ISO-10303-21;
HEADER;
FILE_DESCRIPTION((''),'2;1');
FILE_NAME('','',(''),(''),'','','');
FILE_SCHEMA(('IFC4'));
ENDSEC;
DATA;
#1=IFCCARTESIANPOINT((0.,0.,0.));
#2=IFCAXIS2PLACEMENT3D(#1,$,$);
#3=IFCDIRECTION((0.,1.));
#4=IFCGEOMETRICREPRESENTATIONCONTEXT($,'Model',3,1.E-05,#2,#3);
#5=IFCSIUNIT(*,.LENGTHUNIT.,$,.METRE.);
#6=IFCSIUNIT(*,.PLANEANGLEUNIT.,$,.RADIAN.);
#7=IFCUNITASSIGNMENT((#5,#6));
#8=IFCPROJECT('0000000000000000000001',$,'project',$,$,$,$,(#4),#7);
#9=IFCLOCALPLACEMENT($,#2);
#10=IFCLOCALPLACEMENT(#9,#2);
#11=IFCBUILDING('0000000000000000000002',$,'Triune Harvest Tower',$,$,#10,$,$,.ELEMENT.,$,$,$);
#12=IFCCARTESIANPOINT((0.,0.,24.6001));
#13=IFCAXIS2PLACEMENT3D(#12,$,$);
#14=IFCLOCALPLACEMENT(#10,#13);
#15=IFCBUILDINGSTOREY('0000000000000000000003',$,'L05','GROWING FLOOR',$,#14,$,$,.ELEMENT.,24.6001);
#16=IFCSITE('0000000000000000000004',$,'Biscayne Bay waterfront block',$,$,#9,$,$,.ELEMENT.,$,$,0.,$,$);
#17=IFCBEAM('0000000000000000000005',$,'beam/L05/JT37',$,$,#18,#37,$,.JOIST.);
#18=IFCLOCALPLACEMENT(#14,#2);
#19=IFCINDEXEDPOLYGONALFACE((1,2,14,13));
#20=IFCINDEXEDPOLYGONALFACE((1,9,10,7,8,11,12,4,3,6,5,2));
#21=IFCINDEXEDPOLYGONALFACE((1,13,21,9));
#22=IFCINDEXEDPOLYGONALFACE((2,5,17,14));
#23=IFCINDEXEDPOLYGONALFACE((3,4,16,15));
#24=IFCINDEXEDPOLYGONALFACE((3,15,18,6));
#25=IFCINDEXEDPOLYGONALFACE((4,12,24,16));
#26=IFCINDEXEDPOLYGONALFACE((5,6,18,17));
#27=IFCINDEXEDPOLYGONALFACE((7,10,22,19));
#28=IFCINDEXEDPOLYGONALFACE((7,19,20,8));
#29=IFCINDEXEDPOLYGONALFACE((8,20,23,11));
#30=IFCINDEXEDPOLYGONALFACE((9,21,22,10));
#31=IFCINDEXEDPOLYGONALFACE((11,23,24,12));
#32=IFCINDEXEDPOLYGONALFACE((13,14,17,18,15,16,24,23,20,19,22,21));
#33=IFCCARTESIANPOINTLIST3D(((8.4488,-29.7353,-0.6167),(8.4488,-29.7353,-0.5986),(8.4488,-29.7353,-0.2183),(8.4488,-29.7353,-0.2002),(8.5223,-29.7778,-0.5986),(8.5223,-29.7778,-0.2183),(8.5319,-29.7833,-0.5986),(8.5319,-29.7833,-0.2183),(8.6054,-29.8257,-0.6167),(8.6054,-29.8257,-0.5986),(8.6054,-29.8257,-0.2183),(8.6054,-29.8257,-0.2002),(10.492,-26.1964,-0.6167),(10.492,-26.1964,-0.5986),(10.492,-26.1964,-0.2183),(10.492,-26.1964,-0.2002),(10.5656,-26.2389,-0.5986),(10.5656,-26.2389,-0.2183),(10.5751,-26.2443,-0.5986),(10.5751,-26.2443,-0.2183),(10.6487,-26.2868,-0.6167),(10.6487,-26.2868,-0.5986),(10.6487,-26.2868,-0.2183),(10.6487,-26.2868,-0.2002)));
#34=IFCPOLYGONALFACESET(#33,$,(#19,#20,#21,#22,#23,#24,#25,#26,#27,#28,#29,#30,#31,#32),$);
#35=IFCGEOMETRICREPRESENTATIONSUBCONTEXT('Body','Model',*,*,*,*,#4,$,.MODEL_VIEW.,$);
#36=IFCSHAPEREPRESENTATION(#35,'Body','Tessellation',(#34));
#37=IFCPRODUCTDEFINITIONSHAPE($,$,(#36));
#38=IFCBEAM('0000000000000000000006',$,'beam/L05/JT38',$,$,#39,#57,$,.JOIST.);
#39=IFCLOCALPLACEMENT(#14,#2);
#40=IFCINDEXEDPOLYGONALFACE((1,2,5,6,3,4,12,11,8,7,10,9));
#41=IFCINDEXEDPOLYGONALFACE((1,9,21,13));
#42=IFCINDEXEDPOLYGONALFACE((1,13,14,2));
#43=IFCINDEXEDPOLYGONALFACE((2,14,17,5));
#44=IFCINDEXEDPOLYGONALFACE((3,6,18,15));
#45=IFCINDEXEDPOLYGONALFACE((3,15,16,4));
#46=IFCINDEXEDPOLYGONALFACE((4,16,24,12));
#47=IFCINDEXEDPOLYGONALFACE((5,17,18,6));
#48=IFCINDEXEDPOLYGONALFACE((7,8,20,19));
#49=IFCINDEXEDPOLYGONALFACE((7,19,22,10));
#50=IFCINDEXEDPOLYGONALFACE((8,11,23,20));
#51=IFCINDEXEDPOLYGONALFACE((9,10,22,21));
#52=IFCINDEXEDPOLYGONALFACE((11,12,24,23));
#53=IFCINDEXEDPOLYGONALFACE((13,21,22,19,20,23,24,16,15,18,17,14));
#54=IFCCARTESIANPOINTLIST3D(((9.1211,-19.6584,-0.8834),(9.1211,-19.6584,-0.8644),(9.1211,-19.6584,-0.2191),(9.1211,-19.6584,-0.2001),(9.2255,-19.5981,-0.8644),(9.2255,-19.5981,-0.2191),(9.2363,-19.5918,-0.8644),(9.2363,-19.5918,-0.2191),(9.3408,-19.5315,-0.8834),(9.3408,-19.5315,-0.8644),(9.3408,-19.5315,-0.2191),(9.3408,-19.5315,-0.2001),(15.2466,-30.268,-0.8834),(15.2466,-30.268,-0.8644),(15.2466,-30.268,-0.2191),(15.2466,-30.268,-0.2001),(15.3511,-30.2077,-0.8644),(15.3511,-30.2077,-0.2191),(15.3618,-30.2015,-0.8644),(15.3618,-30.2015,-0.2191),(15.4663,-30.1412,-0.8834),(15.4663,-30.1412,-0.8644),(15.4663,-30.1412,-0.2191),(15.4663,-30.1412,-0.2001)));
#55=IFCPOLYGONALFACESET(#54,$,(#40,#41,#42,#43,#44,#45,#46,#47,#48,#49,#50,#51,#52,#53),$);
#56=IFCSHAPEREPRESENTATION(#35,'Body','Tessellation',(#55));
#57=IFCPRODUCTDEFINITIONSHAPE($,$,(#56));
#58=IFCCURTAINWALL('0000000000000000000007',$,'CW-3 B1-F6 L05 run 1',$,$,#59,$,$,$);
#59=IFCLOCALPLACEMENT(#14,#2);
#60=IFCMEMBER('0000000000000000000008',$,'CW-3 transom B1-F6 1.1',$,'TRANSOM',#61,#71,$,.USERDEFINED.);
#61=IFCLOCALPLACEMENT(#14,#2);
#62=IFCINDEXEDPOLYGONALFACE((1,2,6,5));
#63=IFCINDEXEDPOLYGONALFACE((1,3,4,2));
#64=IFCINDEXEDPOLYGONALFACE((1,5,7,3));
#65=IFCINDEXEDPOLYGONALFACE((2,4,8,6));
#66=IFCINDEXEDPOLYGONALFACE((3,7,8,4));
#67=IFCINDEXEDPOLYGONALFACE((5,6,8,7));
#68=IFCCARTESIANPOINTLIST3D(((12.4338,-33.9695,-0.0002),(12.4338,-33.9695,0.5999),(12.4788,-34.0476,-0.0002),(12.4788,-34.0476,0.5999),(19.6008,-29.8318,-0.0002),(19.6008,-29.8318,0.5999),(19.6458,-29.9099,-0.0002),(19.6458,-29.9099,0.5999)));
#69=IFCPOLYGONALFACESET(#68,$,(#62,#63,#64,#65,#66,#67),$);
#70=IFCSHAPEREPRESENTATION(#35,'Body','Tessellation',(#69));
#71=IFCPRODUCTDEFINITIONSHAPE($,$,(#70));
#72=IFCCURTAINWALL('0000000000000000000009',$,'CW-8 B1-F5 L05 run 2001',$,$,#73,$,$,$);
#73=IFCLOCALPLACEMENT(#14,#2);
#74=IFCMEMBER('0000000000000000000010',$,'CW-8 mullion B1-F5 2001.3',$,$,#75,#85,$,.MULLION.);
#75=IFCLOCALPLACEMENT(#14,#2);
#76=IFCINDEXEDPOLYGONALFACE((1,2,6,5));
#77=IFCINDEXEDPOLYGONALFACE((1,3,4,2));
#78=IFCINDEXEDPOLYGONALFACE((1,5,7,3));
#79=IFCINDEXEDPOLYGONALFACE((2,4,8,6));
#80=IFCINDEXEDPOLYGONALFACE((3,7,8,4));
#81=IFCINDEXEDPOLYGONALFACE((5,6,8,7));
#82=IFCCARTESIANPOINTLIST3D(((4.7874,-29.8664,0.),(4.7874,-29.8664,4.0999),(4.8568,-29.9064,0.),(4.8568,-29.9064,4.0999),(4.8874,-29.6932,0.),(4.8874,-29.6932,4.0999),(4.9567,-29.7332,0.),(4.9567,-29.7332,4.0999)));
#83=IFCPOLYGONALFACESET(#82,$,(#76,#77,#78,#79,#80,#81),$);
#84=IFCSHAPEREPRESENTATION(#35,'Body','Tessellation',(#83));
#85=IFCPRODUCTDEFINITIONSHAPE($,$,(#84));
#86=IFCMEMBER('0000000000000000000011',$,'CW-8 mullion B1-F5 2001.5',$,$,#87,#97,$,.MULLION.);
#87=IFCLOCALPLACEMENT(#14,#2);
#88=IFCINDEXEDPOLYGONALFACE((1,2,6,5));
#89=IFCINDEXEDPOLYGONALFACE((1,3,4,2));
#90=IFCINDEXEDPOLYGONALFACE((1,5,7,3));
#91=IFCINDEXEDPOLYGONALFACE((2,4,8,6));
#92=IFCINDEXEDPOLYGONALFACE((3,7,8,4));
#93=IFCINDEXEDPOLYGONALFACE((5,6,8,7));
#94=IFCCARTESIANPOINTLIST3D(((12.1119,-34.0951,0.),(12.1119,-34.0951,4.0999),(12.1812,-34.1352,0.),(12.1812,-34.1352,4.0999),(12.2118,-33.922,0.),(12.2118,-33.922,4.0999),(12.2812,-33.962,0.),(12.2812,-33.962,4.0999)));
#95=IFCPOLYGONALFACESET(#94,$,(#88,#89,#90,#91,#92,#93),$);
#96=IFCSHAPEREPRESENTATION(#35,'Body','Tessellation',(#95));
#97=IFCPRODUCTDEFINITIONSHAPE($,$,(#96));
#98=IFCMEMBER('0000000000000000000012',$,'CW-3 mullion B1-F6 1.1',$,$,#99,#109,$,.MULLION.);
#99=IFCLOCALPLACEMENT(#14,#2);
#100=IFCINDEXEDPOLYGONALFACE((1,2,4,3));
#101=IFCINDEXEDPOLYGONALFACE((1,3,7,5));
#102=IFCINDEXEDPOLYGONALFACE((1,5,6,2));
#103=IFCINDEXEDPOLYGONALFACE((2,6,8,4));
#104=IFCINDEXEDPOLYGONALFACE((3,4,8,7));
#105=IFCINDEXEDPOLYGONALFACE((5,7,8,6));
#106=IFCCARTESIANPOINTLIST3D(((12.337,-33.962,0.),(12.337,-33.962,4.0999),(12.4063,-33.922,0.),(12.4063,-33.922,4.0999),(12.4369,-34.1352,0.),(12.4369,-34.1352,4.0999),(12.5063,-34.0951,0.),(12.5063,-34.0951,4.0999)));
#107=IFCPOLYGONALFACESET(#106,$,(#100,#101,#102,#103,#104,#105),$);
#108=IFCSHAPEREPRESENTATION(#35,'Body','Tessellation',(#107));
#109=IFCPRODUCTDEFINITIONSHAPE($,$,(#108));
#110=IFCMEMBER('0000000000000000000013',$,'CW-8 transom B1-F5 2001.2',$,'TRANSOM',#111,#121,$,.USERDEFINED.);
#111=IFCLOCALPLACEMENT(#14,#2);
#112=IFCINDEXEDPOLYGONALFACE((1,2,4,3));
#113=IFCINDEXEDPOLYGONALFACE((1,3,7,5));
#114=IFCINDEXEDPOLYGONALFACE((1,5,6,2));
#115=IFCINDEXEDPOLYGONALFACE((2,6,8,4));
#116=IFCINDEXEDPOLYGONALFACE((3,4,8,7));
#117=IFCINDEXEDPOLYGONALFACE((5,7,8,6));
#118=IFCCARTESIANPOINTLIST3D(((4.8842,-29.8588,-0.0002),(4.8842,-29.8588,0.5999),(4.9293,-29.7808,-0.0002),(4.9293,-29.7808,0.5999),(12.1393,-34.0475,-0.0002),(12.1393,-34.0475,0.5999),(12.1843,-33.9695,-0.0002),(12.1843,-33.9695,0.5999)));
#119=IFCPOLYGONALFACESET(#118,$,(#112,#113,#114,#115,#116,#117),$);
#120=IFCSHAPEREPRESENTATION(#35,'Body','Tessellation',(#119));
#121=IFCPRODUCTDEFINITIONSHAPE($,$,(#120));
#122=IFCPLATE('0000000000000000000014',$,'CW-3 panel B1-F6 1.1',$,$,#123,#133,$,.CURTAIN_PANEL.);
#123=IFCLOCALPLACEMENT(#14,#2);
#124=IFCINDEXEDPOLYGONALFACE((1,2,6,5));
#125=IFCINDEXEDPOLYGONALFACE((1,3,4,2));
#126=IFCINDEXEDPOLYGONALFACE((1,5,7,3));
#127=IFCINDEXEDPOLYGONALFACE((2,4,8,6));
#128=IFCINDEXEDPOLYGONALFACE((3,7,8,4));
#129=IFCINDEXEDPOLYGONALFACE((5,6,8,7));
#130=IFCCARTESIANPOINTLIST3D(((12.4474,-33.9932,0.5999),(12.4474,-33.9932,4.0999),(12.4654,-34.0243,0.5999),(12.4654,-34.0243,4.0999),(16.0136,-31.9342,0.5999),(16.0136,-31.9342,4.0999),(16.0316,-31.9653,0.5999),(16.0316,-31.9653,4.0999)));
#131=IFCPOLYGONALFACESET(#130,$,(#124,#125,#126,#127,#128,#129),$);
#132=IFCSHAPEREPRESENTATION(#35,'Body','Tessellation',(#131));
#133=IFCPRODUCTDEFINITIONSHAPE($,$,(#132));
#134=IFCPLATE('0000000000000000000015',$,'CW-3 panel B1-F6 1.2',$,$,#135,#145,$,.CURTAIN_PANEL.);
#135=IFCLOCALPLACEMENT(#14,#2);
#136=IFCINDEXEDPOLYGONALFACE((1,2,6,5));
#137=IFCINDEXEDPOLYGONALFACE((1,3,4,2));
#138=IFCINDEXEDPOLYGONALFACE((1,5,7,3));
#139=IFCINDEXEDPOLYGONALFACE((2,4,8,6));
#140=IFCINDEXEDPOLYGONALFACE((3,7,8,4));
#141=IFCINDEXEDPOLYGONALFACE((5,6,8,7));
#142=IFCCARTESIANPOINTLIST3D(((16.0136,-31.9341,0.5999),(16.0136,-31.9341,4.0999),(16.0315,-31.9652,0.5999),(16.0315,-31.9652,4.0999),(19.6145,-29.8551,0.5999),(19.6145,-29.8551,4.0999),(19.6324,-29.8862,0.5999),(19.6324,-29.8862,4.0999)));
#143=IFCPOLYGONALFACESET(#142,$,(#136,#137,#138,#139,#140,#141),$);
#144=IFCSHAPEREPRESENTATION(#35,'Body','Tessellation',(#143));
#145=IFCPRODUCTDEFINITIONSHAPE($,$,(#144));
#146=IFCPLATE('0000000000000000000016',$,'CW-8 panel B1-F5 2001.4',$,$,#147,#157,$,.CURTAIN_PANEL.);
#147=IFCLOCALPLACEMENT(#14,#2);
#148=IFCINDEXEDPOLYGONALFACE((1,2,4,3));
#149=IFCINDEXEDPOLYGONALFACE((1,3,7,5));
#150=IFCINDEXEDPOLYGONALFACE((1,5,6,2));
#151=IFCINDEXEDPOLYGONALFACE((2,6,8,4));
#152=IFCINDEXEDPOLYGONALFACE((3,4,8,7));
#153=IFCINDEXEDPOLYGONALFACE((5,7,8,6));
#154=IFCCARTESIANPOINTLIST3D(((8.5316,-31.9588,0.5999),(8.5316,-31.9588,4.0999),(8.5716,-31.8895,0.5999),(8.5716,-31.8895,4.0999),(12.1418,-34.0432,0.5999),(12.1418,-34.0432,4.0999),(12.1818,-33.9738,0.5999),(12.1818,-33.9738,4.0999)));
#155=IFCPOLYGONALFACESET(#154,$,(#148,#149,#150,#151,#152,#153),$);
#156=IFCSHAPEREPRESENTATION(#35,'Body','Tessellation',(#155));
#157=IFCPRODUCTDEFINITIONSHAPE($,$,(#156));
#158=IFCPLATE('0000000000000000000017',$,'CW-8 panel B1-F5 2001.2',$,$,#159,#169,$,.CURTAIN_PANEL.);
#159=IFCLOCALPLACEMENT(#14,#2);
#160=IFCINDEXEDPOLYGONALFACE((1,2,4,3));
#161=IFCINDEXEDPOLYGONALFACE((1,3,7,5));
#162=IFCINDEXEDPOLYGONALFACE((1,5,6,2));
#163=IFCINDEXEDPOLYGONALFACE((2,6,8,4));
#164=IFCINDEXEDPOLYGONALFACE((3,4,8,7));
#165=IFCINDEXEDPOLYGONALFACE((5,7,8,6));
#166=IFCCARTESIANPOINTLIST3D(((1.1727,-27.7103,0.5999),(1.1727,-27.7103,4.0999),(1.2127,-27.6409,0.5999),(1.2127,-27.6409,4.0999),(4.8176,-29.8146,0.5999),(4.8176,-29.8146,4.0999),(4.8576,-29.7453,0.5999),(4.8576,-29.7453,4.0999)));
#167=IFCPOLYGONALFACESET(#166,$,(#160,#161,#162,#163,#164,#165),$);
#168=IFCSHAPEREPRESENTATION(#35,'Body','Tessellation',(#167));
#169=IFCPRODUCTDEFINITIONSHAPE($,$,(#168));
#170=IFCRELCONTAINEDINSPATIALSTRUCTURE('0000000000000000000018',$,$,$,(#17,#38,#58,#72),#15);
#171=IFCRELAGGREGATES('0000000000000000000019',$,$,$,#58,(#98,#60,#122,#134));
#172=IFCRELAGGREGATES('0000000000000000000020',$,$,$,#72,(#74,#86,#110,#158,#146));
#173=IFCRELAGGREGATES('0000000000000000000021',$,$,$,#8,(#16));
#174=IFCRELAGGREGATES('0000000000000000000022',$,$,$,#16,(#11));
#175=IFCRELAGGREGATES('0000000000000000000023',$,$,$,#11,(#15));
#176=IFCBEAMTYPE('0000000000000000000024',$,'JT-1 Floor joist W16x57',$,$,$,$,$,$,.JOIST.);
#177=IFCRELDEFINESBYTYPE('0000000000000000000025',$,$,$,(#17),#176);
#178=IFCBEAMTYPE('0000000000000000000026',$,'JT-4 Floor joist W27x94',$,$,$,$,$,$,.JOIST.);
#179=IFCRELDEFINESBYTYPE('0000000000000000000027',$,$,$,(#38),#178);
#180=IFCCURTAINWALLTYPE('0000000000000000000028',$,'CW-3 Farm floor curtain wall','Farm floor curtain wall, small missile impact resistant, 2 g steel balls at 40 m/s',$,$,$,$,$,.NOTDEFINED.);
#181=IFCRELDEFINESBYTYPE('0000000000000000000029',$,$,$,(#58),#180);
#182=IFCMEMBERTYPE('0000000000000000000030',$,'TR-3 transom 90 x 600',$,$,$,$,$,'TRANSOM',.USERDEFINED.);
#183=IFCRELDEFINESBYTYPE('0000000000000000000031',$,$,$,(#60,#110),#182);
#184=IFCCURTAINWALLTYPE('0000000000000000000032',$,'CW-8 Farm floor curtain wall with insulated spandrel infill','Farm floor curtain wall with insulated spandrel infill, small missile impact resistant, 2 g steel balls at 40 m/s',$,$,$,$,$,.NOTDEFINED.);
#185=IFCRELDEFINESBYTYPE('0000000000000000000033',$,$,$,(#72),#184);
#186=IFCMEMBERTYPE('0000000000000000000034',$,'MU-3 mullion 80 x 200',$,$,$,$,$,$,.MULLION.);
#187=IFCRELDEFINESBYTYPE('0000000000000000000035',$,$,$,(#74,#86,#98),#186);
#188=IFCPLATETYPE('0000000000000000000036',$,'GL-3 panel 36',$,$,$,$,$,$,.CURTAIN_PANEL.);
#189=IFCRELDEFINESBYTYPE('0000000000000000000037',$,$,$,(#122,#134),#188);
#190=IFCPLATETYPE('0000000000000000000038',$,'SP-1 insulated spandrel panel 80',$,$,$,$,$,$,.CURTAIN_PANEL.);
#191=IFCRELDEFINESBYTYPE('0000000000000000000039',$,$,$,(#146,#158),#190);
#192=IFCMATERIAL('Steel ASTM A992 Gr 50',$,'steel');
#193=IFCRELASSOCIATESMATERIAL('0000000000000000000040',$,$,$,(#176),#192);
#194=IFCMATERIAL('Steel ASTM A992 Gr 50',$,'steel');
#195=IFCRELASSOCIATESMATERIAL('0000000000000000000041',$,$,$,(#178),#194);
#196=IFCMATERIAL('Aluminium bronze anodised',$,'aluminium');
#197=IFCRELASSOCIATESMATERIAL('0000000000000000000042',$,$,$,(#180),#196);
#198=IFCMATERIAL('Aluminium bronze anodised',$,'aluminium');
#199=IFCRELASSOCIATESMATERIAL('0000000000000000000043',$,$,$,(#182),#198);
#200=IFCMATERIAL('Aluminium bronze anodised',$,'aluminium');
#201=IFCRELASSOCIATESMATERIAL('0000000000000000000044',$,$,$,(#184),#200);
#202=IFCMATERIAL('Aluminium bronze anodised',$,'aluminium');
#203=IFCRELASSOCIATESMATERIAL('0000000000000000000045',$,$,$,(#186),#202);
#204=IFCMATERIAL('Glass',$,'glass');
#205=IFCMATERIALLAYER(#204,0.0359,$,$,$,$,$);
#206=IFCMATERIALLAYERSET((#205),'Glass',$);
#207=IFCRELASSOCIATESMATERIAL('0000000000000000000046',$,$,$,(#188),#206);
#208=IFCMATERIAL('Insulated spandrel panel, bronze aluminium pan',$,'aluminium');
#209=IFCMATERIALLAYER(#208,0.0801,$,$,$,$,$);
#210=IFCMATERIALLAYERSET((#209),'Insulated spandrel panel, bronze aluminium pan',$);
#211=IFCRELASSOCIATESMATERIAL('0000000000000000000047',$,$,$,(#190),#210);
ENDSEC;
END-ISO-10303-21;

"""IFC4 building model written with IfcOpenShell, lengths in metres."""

from ifc_helpers import new_model, si_unit, direction, frame, origin, origin_2d, place, context, subcontext, project, spatial, rectangle, i_section, extrude, source, transform, mapped, material, layer, layer_set, material_profile, profile_set, type_object, element, aggregate, save


model = new_model("IFC4")

# Units and contexts
model_context = context("Model", 3, precision=1e-05, world=origin(), true_north=direction((0.0, 1.0)))
body_context = subcontext(model_context, "Body", "Model", "MODEL_VIEW")
ifc_project = project(units=[si_unit("LENGTHUNIT", "METRE"), si_unit("PLANEANGLEUNIT", "RADIAN")], contexts=[model_context])

# Site, building, storey
site_placement = place(None, origin())
site = spatial("IfcSite", under=ifc_project, at=site_placement, Name="Biscayne Bay waterfront block", CompositionType="ELEMENT", RefElevation=0.0)
building_placement = place(site_placement, origin())
building = spatial("IfcBuilding", under=site, at=building_placement, Name="Triune Harvest Tower", CompositionType="ELEMENT")
storey_placement = place(building_placement, frame((0.0, 0.0, 24.6001)))
storey = spatial("IfcBuildingStorey", under=building, at=storey_placement, Name="L05", Description="GROWING FLOOR", CompositionType="ELEMENT", Elevation=24.6001)

# Beams
ifc_material_1 = material(Name="Steel ASTM A992 Gr 50", Category="steel")
ifc_material_profile_1 = material_profile(ifc_material_1, i_section(OverallWidth=0.1809, OverallDepth=0.4165, WebThickness=0.011, FlangeThickness=0.0181, at=origin_2d()), Name="W16x57")
ifc_profile_set_1 = profile_set([ifc_material_profile_1], Name="Steel ASTM A992 Gr 50")
beam_type_1 = type_object("IfcBeamType", Name="JT-1 Floor joist W16x57", PredefinedType="JOIST", material=ifc_profile_set_1)
shared_shape_1 = source(origin(), body_context, "Body", "SweptSolid", [
    extrude(i_section(OverallWidth=0.1809, OverallDepth=0.4165, WebThickness=0.011, FlangeThickness=0.0181, at=origin_2d()), origin(), (0.0, 0.0, 1.0), 4.0864),
])
beam_1_placement = place(storey_placement, frame((8.5271, -29.7805, -0.4084), z_axis=(0.500014, 0.866017, 0.0), x_axis=(-0.866017, 0.500014, 0.0)))
element("IfcBeam", 1, at=beam_1_placement, inside=storey, type_object=beam_type_1, Name="beam/L05/JT37", PredefinedType="JOIST", context=body_context, shape_type="MappedRepresentation", body=[
    mapped(shared_shape_1, transform((0.0, 0.0, 0.0), scale=1.0)),
])
ifc_material_2 = material(Name="Steel ASTM A992 Gr 50", Category="steel")
ifc_material_profile_2 = material_profile(ifc_material_2, i_section(OverallWidth=0.2537, OverallDepth=0.6833, WebThickness=0.0125, FlangeThickness=0.019, at=origin_2d()), Name="W27x94")
ifc_profile_set_2 = profile_set([ifc_material_profile_2], Name="Steel ASTM A992 Gr 50")
beam_type_2 = type_object("IfcBeamType", Name="JT-4 Floor joist W27x94", PredefinedType="JOIST", material=ifc_profile_set_2)
shared_shape_2 = source(origin(), body_context, "Body", "SweptSolid", [
    extrude(i_section(OverallWidth=0.2537, OverallDepth=0.6833, WebThickness=0.0125, FlangeThickness=0.019, at=origin_2d()), origin(), (0.0, 0.0, 1.0), 12.251),
])
beam_2_placement = place(storey_placement, frame((15.3564, -30.2046, -0.5417), z_axis=(-0.500001, 0.866025, 0.0), x_axis=(-0.866025, -0.500001, 0.0)))
element("IfcBeam", 2, at=beam_2_placement, inside=storey, type_object=beam_type_2, Name="beam/L05/JT38", PredefinedType="JOIST", context=body_context, shape_type="MappedRepresentation", body=[
    mapped(shared_shape_2, transform((0.0, 0.0, 0.0), scale=1.0)),
])

# Curtain wall, member
ifc_material_3 = material(Name="Aluminium bronze anodised", Category="aluminium")
curtain_wall_type_1 = type_object("IfcCurtainWallType", Name="CW-3 Farm floor curtain wall", Description="Farm floor curtain wall, small missile impact resistant, 2 g steel balls at 40 m/s", PredefinedType="NOTDEFINED", material=ifc_material_3)
curtain_wall_1_placement = place(storey_placement, origin())
curtain_wall_1 = element("IfcCurtainWall", 3, at=curtain_wall_1_placement, inside=storey, type_object=curtain_wall_type_1, Name="CW-3 B1-F6 L05 run 1")
ifc_material_4 = material(Name="Aluminium bronze anodised", Category="aluminium")
ifc_material_profile_3 = material_profile(ifc_material_4, rectangle(XDim=0.0901, YDim=0.6001, at=origin_2d()), Name="TR-3 transom 90 x 600")
ifc_profile_set_3 = profile_set([ifc_material_profile_3], Name="Aluminium bronze anodised")
member_type_1 = type_object("IfcMemberType", Name="TR-3 transom 90 x 600", ElementType="TRANSOM", PredefinedType="USERDEFINED", material=ifc_profile_set_3)
shared_shape_3 = source(origin(), body_context, "Body", "SweptSolid", [
    extrude(rectangle(XDim=0.0901, YDim=0.6001, at=origin_2d()), origin(), (0.0, 0.0, 1.0), 8.2756),
])
member_1_placement = place(storey_placement, frame((12.4563, -34.0085, 0.2998), z_axis=(0.866034, 0.499985, 0.0), x_axis=(-0.499985, 0.866034, 0.0)))
member_1 = element("IfcMember", 4, at=member_1_placement, type_object=member_type_1, Name="CW-3 transom B1-F6 1.1", ObjectType="TRANSOM", PredefinedType="USERDEFINED", context=body_context, shape_type="MappedRepresentation", body=[
    mapped(shared_shape_3, transform((0.0, 0.0, 0.0), scale=1.0)),
])

# Curtain wall, members
ifc_material_5 = material(Name="Aluminium bronze anodised", Category="aluminium")
curtain_wall_type_2 = type_object("IfcCurtainWallType", Name="CW-8 Farm floor curtain wall with insulated spandrel infill", Description="Farm floor curtain wall with insulated spandrel infill, small missile impact resistant, 2 g steel balls at 40 m/s", PredefinedType="NOTDEFINED", material=ifc_material_5)
curtain_wall_2_placement = place(storey_placement, origin())
curtain_wall_2 = element("IfcCurtainWall", 5, at=curtain_wall_2_placement, inside=storey, type_object=curtain_wall_type_2, Name="CW-8 B1-F5 L05 run 2001")
ifc_material_6 = material(Name="Aluminium bronze anodised", Category="aluminium")
ifc_material_profile_4 = material_profile(ifc_material_6, rectangle(XDim=0.2, YDim=0.0801, at=origin_2d()), Name="MU-3 mullion 80 x 200")
ifc_profile_set_4 = profile_set([ifc_material_profile_4], Name="Aluminium bronze anodised")
member_type_2 = type_object("IfcMemberType", Name="MU-3 mullion 80 x 200", PredefinedType="MULLION", material=ifc_profile_set_4)
shared_shape_4 = source(origin(), body_context, "Body", "SweptSolid", [
    extrude(rectangle(XDim=0.2, YDim=0.0801, at=origin_2d()), origin(), (0.0, 0.0, 1.0), 4.0999),
])
member_2_placement = place(storey_placement, frame((4.8721, -29.7998, 0.0), z_axis=(0.0, 0.0, 1.0), x_axis=(0.500001, 0.866025, 0.0)))
member_2 = element("IfcMember", 6, at=member_2_placement, type_object=member_type_2, Name="CW-8 mullion B1-F5 2001.3", PredefinedType="MULLION", context=body_context, shape_type="MappedRepresentation", body=[
    mapped(shared_shape_4, transform((0.0, 0.0, 0.0), scale=1.0)),
])
member_3_placement = place(storey_placement, frame((12.1965, -34.0286, 0.0), z_axis=(0.0, 0.0, 1.0), x_axis=(0.500001, 0.866025, 0.0)))
member_3 = element("IfcMember", 7, at=member_3_placement, type_object=member_type_2, Name="CW-8 mullion B1-F5 2001.5", PredefinedType="MULLION", context=body_context, shape_type="MappedRepresentation", body=[
    mapped(shared_shape_4, transform((0.0, 0.0, 0.0), scale=1.0)),
])

# Members
member_4_placement = place(storey_placement, frame((12.4216, -34.0286, 0.0), z_axis=(0.0, 0.0, 1.0), x_axis=(-0.499999, 0.866026, 0.0)))
member_4 = element("IfcMember", 8, at=member_4_placement, type_object=member_type_2, Name="CW-3 mullion B1-F6 1.1", PredefinedType="MULLION", context=body_context, shape_type="MappedRepresentation", body=[
    mapped(shared_shape_4, transform((0.0, 0.0, 0.0), scale=1.0)),
])
shared_shape_5 = source(origin(), body_context, "Body", "SweptSolid", [
    extrude(rectangle(XDim=0.0901, YDim=0.6001, at=origin_2d()), origin(), (0.0, 0.0, 1.0), 8.3774),
])
member_5_placement = place(storey_placement, frame((4.9067, -29.8198, 0.2998), z_axis=(0.866027, -0.499997, 0.0), x_axis=(0.499997, 0.866027, 0.0)))
member_5 = element("IfcMember", 9, at=member_5_placement, type_object=member_type_1, Name="CW-8 transom B1-F5 2001.2", ObjectType="TRANSOM", PredefinedType="USERDEFINED", context=body_context, shape_type="MappedRepresentation", body=[
    mapped(shared_shape_5, transform((0.0, 0.0, 0.0), scale=1.0)),
])

# Plates
ifc_material_7 = material(Name="Glass", Category="glass")
ifc_layer_1 = layer(ifc_material_7, 0.0359)
ifc_layer_set_1 = layer_set([ifc_layer_1], Name="Glass")
plate_type_1 = type_object("IfcPlateType", Name="GL-3 panel 36", PredefinedType="CURTAIN_PANEL", material=ifc_layer_set_1)
shared_shape_6 = source(origin(), body_context, "Body", "SweptSolid", [
    extrude(rectangle(XDim=4.1179, YDim=0.0359, at=origin_2d()), origin(), (0.0, 0.0, 1.0), 3.5),
])
plate_1_placement = place(storey_placement, frame((14.2395, -32.9792, 0.5999), z_axis=(0.0, 0.0, 1.0), x_axis=(0.866026, 0.499999, 0.0)))
plate_1 = element("IfcPlate", 10, at=plate_1_placement, type_object=plate_type_1, Name="CW-3 panel B1-F6 1.1", PredefinedType="CURTAIN_PANEL", context=body_context, shape_type="MappedRepresentation", body=[
    mapped(shared_shape_6, transform((0.0, 0.0, 0.0), scale=1.0)),
])
shared_shape_7 = source(origin(), body_context, "Body", "SweptSolid", [
    extrude(rectangle(XDim=4.158, YDim=0.0359, at=origin_2d()), origin(), (0.0, 0.0, 1.0), 3.5),
])
plate_2_placement = place(storey_placement, frame((17.823, -30.9102, 0.5999), z_axis=(0.0, 0.0, 1.0), x_axis=(0.866026, 0.499999, 0.0)))
plate_2 = element("IfcPlate", 11, at=plate_2_placement, type_object=plate_type_1, Name="CW-3 panel B1-F6 1.2", PredefinedType="CURTAIN_PANEL", context=body_context, shape_type="MappedRepresentation", body=[
    mapped(shared_shape_7, transform((0.0, 0.0, 0.0), scale=1.0)),
])
aggregate(curtain_wall_1, [member_4, member_1, plate_1, plate_2])
ifc_material_8 = material(Name="Insulated spandrel panel, bronze aluminium pan", Category="aluminium")
ifc_layer_2 = layer(ifc_material_8, 0.0801)
ifc_layer_set_2 = layer_set([ifc_layer_2], Name="Insulated spandrel panel, bronze aluminium pan")
plate_type_2 = type_object("IfcPlateType", Name="SP-1 insulated spandrel panel 80", PredefinedType="CURTAIN_PANEL", material=ifc_layer_set_2)
shared_shape_8 = source(origin(), body_context, "Body", "SweptSolid", [
    extrude(rectangle(XDim=4.1687, YDim=0.0801, at=origin_2d()), origin(), (0.0, 0.0, 1.0), 3.5),
])
plate_3_placement = place(storey_placement, frame((10.3567, -32.9663, 0.5999), z_axis=(0.0, 0.0, 1.0), x_axis=(0.866025, -0.500001, 0.0)))
plate_3 = element("IfcPlate", 12, at=plate_3_placement, type_object=plate_type_2, Name="CW-8 panel B1-F5 2001.4", PredefinedType="CURTAIN_PANEL", context=body_context, shape_type="MappedRepresentation", body=[
    mapped(shared_shape_8, transform((0.0, 0.0, 0.0), scale=1.0)),
])
shared_shape_9 = source(origin(), body_context, "Body", "SweptSolid", [
    extrude(rectangle(XDim=4.2087, YDim=0.0801, at=origin_2d()), origin(), (0.0, 0.0, 1.0), 3.5),
])
plate_4_placement = place(storey_placement, frame((3.0151, -28.7278, 0.5999), z_axis=(0.0, 0.0, 1.0), x_axis=(0.866025, -0.500001, 0.0)))
plate_4 = element("IfcPlate", 13, at=plate_4_placement, type_object=plate_type_2, Name="CW-8 panel B1-F5 2001.2", PredefinedType="CURTAIN_PANEL", context=body_context, shape_type="MappedRepresentation", body=[
    mapped(shared_shape_9, transform((0.0, 0.0, 0.0), scale=1.0)),
])
aggregate(curtain_wall_2, [member_2, member_3, member_5, plate_4, plate_3])

save(model, "model.ifc")
